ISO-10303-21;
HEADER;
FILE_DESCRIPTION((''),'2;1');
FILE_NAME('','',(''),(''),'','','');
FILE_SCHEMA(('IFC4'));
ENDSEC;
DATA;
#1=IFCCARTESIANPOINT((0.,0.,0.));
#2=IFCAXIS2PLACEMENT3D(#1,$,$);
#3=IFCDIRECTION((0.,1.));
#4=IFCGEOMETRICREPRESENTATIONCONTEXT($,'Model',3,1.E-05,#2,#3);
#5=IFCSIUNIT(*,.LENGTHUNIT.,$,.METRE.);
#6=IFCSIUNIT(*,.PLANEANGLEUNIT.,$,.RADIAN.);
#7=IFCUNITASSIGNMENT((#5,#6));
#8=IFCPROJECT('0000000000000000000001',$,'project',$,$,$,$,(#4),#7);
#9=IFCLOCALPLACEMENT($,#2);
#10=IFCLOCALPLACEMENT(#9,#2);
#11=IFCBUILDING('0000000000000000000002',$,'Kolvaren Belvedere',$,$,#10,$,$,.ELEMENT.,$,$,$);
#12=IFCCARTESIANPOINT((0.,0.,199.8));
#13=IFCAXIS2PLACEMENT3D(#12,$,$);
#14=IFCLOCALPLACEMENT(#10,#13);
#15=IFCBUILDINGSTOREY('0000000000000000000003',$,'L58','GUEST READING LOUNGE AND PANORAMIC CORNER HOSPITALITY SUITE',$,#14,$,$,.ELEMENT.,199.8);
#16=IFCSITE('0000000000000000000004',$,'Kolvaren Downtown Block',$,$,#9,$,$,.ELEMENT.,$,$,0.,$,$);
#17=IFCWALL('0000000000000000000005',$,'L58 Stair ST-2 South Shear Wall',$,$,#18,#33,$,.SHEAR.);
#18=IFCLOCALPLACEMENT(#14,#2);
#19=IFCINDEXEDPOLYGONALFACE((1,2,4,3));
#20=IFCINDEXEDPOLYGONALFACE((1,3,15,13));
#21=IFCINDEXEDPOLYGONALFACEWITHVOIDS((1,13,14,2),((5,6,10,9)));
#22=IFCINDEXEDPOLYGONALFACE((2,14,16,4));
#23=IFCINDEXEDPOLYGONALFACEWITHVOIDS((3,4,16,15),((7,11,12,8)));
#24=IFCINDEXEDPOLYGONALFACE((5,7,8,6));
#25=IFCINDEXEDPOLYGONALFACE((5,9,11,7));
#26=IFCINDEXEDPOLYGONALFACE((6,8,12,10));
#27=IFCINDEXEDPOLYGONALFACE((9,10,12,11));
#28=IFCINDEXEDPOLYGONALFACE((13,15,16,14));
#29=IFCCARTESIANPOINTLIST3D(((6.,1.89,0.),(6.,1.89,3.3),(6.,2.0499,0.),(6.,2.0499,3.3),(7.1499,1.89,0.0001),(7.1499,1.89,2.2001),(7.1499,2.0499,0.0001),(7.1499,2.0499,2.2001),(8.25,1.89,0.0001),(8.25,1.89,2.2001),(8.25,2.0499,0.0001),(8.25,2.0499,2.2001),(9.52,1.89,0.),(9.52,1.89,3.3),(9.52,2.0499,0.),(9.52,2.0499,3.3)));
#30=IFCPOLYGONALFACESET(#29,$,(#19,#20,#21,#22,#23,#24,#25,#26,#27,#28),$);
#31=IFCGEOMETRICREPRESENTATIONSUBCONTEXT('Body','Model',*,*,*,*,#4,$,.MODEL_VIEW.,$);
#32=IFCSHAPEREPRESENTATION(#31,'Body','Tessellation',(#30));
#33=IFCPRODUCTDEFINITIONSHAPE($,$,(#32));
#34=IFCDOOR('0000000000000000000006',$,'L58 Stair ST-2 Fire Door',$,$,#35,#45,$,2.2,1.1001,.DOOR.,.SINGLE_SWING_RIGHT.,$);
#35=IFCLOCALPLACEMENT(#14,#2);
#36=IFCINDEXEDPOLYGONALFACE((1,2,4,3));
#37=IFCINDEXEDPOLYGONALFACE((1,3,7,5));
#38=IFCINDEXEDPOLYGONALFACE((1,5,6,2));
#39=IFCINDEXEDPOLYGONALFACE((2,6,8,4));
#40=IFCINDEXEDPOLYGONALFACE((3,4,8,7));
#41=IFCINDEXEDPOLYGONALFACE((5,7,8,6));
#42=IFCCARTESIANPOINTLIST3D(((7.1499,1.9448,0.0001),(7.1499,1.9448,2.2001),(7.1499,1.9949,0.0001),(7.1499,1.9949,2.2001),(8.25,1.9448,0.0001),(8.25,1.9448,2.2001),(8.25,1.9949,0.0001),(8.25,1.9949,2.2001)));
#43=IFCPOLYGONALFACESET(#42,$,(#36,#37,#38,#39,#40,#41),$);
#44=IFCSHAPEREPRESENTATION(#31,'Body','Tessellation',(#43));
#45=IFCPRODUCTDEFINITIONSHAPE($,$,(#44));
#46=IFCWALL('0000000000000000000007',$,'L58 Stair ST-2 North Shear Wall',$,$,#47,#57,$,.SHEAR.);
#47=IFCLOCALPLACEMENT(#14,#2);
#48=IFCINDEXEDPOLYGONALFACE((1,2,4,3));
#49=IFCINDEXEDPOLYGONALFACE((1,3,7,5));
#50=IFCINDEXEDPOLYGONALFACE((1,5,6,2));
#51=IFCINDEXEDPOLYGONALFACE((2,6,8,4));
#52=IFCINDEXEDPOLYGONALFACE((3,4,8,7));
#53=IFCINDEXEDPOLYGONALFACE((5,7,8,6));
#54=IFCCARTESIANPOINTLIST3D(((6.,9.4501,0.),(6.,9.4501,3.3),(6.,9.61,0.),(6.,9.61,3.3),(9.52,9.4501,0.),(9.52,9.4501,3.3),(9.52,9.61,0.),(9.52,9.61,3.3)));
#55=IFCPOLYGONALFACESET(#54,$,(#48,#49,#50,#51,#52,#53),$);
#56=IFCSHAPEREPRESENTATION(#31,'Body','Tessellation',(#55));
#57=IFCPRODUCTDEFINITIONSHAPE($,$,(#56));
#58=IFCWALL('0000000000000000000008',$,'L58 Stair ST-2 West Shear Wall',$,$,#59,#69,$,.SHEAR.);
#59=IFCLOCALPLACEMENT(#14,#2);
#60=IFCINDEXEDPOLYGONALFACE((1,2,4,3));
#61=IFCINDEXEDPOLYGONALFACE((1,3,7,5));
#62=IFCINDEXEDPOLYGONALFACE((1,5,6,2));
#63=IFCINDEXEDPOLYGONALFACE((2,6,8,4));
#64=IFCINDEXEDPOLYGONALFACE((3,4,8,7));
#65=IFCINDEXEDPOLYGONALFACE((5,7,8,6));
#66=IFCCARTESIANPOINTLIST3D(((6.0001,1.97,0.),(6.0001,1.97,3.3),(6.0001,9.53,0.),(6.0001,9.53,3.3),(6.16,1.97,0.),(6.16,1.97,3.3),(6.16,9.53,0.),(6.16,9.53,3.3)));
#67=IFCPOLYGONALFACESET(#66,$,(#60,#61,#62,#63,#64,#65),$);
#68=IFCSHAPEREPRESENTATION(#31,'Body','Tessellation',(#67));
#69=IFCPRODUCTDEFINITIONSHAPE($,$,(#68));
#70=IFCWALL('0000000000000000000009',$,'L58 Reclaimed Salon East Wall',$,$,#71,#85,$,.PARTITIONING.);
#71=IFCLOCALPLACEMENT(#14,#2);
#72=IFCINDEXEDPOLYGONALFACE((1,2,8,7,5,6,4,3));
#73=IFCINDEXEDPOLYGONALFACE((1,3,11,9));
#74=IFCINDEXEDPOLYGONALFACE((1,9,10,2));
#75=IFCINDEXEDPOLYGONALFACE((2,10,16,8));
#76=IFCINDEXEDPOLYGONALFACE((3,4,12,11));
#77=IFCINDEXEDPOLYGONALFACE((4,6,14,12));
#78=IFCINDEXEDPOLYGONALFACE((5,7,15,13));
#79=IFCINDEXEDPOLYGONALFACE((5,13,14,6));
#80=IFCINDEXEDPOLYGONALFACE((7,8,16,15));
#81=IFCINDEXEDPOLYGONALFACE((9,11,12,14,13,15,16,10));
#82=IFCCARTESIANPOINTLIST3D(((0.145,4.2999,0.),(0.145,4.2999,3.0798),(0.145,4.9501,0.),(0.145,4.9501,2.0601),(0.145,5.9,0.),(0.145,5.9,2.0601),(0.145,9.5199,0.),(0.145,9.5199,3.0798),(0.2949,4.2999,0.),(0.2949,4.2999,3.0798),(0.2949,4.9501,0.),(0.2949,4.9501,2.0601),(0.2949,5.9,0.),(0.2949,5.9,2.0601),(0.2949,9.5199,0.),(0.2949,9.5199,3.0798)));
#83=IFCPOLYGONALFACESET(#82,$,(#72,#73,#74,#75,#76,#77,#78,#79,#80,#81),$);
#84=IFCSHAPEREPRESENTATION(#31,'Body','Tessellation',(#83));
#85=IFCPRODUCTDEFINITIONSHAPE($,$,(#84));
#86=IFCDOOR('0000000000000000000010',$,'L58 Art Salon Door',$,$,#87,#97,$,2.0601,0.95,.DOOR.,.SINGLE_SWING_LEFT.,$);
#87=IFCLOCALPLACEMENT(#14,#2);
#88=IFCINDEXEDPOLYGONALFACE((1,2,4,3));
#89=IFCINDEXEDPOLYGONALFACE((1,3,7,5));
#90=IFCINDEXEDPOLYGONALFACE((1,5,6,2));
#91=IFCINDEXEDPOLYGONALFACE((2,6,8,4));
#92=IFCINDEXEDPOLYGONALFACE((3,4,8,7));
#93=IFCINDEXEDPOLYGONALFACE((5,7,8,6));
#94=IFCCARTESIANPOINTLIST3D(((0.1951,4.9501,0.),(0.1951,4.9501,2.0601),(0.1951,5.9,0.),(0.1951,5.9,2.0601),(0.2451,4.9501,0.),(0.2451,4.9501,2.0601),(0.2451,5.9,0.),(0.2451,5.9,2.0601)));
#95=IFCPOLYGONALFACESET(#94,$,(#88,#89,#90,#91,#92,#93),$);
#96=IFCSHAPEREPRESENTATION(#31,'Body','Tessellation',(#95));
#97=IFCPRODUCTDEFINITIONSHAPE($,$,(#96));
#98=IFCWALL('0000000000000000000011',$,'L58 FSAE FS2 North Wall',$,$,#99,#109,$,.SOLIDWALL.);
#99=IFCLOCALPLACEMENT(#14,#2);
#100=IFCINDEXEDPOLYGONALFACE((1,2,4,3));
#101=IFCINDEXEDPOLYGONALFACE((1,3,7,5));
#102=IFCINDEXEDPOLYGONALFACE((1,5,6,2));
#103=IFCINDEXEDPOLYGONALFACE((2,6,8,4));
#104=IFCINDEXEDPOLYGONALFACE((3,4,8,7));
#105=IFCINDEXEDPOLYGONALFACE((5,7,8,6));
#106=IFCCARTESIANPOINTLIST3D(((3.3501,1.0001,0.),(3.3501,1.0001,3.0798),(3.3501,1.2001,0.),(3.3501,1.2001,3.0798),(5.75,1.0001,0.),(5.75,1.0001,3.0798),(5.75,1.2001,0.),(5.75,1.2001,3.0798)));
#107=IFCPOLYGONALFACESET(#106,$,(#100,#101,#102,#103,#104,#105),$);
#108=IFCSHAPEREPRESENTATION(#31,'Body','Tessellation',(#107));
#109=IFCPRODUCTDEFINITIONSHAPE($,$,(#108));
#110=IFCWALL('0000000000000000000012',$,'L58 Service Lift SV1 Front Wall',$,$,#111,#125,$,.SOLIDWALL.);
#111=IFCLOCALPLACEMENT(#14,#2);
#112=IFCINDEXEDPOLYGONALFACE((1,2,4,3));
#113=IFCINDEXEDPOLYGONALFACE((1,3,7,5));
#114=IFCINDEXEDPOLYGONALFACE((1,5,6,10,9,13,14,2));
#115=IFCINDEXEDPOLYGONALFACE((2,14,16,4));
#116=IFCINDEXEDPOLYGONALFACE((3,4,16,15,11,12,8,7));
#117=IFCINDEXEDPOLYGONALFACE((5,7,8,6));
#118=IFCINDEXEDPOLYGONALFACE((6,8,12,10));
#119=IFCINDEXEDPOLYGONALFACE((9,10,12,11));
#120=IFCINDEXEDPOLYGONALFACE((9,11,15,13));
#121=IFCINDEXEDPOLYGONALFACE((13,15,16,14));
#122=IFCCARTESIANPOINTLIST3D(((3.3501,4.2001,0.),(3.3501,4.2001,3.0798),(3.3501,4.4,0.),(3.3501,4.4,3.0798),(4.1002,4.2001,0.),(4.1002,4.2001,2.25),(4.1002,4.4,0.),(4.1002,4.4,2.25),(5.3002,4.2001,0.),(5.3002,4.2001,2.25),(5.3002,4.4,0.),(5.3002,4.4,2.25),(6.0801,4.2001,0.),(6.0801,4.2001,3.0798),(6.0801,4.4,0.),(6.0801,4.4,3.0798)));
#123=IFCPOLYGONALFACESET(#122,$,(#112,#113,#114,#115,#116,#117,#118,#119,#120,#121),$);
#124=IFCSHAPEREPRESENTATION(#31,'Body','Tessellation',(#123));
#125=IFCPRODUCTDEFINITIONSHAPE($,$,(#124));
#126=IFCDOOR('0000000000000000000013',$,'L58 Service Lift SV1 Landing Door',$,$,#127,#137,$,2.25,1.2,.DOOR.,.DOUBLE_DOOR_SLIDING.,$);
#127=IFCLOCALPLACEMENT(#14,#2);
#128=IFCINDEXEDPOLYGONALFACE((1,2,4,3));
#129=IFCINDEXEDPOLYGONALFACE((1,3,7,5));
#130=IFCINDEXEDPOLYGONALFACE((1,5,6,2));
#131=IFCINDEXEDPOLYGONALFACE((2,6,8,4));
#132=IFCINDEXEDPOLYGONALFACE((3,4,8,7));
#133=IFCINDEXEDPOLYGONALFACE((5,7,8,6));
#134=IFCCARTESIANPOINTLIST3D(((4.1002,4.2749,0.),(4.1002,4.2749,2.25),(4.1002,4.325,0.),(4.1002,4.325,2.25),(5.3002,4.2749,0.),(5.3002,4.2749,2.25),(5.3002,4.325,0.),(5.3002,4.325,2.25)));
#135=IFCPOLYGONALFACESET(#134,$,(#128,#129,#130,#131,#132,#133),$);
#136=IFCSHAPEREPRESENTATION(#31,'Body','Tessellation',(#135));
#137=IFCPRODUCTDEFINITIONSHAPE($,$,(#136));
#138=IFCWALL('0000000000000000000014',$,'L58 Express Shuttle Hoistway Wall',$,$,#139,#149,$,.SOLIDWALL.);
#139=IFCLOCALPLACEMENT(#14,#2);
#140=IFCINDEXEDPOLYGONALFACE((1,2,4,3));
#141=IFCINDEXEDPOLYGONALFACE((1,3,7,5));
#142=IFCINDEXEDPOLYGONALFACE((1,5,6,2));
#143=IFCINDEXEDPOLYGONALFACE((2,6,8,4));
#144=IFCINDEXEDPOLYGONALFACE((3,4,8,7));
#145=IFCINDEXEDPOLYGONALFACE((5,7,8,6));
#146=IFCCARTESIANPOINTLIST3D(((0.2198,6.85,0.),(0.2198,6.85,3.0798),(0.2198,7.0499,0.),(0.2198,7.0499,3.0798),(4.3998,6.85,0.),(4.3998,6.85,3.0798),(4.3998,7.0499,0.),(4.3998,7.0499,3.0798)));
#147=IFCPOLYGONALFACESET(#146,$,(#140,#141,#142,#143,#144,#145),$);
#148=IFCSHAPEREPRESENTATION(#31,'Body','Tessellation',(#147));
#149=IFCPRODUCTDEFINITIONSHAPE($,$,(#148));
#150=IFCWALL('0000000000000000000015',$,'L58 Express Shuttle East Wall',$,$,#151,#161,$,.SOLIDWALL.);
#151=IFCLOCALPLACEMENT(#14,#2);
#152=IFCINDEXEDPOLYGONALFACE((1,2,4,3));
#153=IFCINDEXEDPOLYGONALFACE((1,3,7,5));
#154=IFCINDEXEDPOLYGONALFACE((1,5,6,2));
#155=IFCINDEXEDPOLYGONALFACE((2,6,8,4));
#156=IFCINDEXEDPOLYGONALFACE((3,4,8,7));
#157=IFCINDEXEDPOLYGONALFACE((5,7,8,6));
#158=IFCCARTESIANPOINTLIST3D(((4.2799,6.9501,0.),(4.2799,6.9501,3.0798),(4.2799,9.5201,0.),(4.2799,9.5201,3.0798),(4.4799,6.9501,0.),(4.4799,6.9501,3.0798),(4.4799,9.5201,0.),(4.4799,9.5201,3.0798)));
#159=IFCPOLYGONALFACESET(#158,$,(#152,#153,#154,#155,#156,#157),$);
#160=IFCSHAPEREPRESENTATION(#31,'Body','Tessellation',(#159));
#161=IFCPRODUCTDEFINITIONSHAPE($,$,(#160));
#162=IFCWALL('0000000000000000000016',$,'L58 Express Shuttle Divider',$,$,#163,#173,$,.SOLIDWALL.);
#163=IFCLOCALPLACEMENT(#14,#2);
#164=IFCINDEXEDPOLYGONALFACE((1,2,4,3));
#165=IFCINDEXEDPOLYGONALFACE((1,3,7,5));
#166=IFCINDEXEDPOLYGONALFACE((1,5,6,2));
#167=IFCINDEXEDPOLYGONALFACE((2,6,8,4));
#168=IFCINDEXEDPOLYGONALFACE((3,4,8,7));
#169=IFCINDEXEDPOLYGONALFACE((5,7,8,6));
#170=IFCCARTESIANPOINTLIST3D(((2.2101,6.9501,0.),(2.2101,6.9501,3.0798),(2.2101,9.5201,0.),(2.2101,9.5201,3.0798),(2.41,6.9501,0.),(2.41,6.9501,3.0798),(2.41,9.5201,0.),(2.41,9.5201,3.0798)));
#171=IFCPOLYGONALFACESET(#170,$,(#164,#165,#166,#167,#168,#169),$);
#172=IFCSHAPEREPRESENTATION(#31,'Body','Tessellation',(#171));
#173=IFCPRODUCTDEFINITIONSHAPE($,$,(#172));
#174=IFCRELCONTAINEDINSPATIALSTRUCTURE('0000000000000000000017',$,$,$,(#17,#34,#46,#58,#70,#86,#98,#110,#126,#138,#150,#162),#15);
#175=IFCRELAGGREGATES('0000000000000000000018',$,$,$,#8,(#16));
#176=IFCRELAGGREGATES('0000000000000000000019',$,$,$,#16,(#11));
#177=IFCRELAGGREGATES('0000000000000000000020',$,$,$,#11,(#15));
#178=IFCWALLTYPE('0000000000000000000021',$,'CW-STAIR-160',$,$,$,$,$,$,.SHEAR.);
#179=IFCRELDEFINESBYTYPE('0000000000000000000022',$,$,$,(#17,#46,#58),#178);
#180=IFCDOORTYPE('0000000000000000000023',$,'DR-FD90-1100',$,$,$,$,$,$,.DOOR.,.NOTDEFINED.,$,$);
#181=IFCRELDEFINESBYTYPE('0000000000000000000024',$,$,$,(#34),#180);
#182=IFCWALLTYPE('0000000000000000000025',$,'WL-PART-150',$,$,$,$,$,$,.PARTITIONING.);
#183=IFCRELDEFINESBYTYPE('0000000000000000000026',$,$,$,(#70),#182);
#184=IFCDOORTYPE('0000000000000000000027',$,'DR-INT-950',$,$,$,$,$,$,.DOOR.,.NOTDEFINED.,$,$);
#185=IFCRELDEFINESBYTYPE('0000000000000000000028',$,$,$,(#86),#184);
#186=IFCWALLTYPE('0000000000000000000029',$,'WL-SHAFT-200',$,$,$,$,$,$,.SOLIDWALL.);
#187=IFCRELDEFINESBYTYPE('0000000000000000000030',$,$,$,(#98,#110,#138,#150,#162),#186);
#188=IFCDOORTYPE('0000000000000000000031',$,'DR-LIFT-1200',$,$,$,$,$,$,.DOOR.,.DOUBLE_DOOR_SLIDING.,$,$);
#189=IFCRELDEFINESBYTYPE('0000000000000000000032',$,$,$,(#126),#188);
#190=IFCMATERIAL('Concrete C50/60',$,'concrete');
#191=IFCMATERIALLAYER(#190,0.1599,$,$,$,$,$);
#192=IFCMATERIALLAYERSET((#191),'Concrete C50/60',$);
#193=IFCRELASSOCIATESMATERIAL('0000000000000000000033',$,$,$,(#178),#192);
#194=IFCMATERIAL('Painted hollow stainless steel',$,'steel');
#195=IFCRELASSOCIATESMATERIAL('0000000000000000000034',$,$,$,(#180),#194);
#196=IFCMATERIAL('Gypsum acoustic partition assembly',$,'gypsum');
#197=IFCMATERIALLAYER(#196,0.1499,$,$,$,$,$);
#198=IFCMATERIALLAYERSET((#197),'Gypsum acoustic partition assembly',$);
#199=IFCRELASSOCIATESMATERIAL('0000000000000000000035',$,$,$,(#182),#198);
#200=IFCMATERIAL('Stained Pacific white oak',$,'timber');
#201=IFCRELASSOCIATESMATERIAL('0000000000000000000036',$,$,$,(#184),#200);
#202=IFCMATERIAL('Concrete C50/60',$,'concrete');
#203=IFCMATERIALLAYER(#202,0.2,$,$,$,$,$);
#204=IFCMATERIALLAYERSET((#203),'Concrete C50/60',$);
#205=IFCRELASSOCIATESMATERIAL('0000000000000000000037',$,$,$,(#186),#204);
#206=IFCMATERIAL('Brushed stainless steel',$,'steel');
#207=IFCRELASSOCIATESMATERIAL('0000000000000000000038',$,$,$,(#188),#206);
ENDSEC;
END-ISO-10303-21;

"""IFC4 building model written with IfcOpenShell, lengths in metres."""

from ifc_helpers import new_model, si_unit, direction, frame, frame_2d, origin, place, context, subcontext, project, spatial, rectangle, extrude, material, layer, layer_set, type_object, element, fill, save


model = new_model("IFC4")

# Units and contexts
model_context = context("Model", 3, precision=1e-05, world=origin(), true_north=direction((0.0, 1.0)))
body_context = subcontext(model_context, "Body", "Model", "MODEL_VIEW")
ifc_project = project(units=[si_unit("LENGTHUNIT", "METRE"), si_unit("PLANEANGLEUNIT", "RADIAN")], contexts=[model_context])

# Site, building, storey
site_placement = place(None, origin())
site = spatial("IfcSite", under=ifc_project, at=site_placement, Name="Kolvaren Downtown Block", CompositionType="ELEMENT", RefElevation=0.0)
building_placement = place(site_placement, origin())
building = spatial("IfcBuilding", under=site, at=building_placement, Name="Kolvaren Belvedere", CompositionType="ELEMENT")
storey_placement = place(building_placement, frame((0.0, 0.0, 199.8)))
storey = spatial("IfcBuildingStorey", under=building, at=storey_placement, Name="L58", Description="GUEST READING LOUNGE AND PANORAMIC CORNER HOSPITALITY SUITE", CompositionType="ELEMENT", Elevation=199.8)

# Wall, opening, door
ifc_material_1 = material(Name="Concrete C50/60", Category="concrete")
ifc_layer_1 = layer(ifc_material_1, 0.1599)
ifc_layer_set_1 = layer_set([ifc_layer_1], Name="Concrete C50/60")
wall_type_1 = type_object("IfcWallType", Name="CW-STAIR-160", PredefinedType="SHEAR", material=ifc_layer_set_1)
wall_1_placement = place(storey_placement, frame((6.0, 1.97, 0.0), z_axis=(0.0, 0.0, 1.0), x_axis=(1.0, 0.0, 0.0)))
wall_1 = element("IfcWall", 1, at=wall_1_placement, inside=storey, type_object=wall_type_1, Name="L58 Stair ST-2 South Shear Wall", PredefinedType="SHEAR", context=body_context, shape_type="SweptSolid", body=[
    extrude(rectangle(XDim=3.52, YDim=0.1599, at=frame_2d((1.76, 0.0))), origin(), (0.0, 0.0, 1.0), 3.3),
])
opening_1_placement = place(wall_1_placement, frame((1.1499, 0.0, 0.0)))
opening_1 = element("IfcOpeningElement", 2, at=opening_1_placement, cuts=wall_1, PredefinedType="OPENING", context=body_context, shape_type="SweptSolid", body=[
    extrude(rectangle(XDim=1.1001, YDim=2.2, at=frame_2d((0.55, 1.1001))), frame((0.0, 0.0898, 0.0), z_axis=(0.0, -1.0, 0.0), x_axis=(1.0, 0.0, 0.0)), (0.0, 0.0, 1.0), 0.1799),
])
ifc_material_2 = material(Name="Painted hollow stainless steel", Category="steel")
door_type_1 = type_object("IfcDoorType", Name="DR-FD90-1100", OperationType="NOTDEFINED", PredefinedType="DOOR", material=ifc_material_2)
door_1_placement = place(opening_1_placement, origin())
door_1 = element("IfcDoor", 3, at=door_1_placement, inside=storey, type_object=door_type_1, Name="L58 Stair ST-2 Fire Door", OperationType="SINGLE_SWING_RIGHT", OverallHeight=2.2, OverallWidth=1.1001, PredefinedType="DOOR", context=body_context, shape_type="SweptSolid", body=[
    extrude(rectangle(XDim=1.1001, YDim=2.2, at=frame_2d((0.55, 1.1001))), frame((0.0, 0.0249, 0.0), z_axis=(0.0, -1.0, 0.0), x_axis=(1.0, 0.0, 0.0)), (0.0, 0.0, 1.0), 0.05),
])
fill(opening_1, door_1)

# Walls
wall_2_placement = place(storey_placement, frame((6.0, 9.53, 0.0), z_axis=(0.0, 0.0, 1.0), x_axis=(1.0, 0.0, 0.0)))
element("IfcWall", 4, at=wall_2_placement, inside=storey, type_object=wall_type_1, Name="L58 Stair ST-2 North Shear Wall", PredefinedType="SHEAR", context=body_context, shape_type="SweptSolid", body=[
    extrude(rectangle(XDim=3.52, YDim=0.1599, at=frame_2d((1.76, 0.0))), origin(), (0.0, 0.0, 1.0), 3.3),
])
wall_3_placement = place(storey_placement, frame((6.0801, 1.97, 0.0), z_axis=(0.0, 0.0, 1.0), x_axis=(0.0, 1.0, 0.0)))
element("IfcWall", 5, at=wall_3_placement, inside=storey, type_object=wall_type_1, Name="L58 Stair ST-2 West Shear Wall", PredefinedType="SHEAR", context=body_context, shape_type="SweptSolid", body=[
    extrude(rectangle(XDim=7.5601, YDim=0.1599, at=frame_2d((3.78, 0.0))), origin(), (0.0, 0.0, 1.0), 3.3),
])

# Wall, opening, door
ifc_material_3 = material(Name="Gypsum acoustic partition assembly", Category="gypsum")
ifc_layer_2 = layer(ifc_material_3, 0.1499)
ifc_layer_set_2 = layer_set([ifc_layer_2], Name="Gypsum acoustic partition assembly")
wall_type_2 = type_object("IfcWallType", Name="WL-PART-150", PredefinedType="PARTITIONING", material=ifc_layer_set_2)
wall_4_placement = place(storey_placement, frame((0.22, 4.3, 0.0), z_axis=(0.0, 0.0, 1.0), x_axis=(0.0, 1.0, 0.0)))
wall_4 = element("IfcWall", 6, at=wall_4_placement, inside=storey, type_object=wall_type_2, Name="L58 Reclaimed Salon East Wall", PredefinedType="PARTITIONING", context=body_context, shape_type="SweptSolid", body=[
    extrude(rectangle(XDim=5.22, YDim=0.1499, at=frame_2d((2.6099, 0.0))), origin(), (0.0, 0.0, 1.0), 3.0798),
])
opening_2_placement = place(wall_4_placement, frame((0.6499, 0.0, 0.0)))
opening_2 = element("IfcOpeningElement", 7, at=opening_2_placement, cuts=wall_4, PredefinedType="OPENING", context=body_context, shape_type="SweptSolid", body=[
    extrude(rectangle(XDim=0.95, YDim=2.0601, at=frame_2d((0.4751, 1.03))), frame((0.0, 0.085, 0.0), z_axis=(0.0, -1.0, 0.0), x_axis=(1.0, 0.0, 0.0)), (0.0, 0.0, 1.0), 0.1699),
])
ifc_material_4 = material(Name="Stained Pacific white oak", Category="timber")
door_type_2 = type_object("IfcDoorType", Name="DR-INT-950", OperationType="NOTDEFINED", PredefinedType="DOOR", material=ifc_material_4)
door_2_placement = place(opening_2_placement, origin())
door_2 = element("IfcDoor", 8, at=door_2_placement, inside=storey, type_object=door_type_2, Name="L58 Art Salon Door", OperationType="SINGLE_SWING_LEFT", OverallHeight=2.0601, OverallWidth=0.95, PredefinedType="DOOR", context=body_context, shape_type="SweptSolid", body=[
    extrude(rectangle(XDim=0.95, YDim=2.0601, at=frame_2d((0.4751, 1.03))), frame((0.0, 0.0249, 0.0), z_axis=(0.0, -1.0, 0.0), x_axis=(1.0, 0.0, 0.0)), (0.0, 0.0, 1.0), 0.05),
])
fill(opening_2, door_2)

# Wall
ifc_material_5 = material(Name="Concrete C50/60", Category="concrete")
ifc_layer_3 = layer(ifc_material_5, 0.2)
ifc_layer_set_3 = layer_set([ifc_layer_3], Name="Concrete C50/60")
wall_type_3 = type_object("IfcWallType", Name="WL-SHAFT-200", PredefinedType="SOLIDWALL", material=ifc_layer_set_3)
wall_5_placement = place(storey_placement, frame((3.3501, 1.1001, 0.0), z_axis=(0.0, 0.0, 1.0), x_axis=(1.0, 0.0, 0.0)))
element("IfcWall", 9, at=wall_5_placement, inside=storey, type_object=wall_type_3, Name="L58 FSAE FS2 North Wall", PredefinedType="SOLIDWALL", context=body_context, shape_type="SweptSolid", body=[
    extrude(rectangle(XDim=2.3999, YDim=0.2, at=frame_2d((1.2, 0.0))), origin(), (0.0, 0.0, 1.0), 3.0798),
])

# Wall, opening, door
wall_6_placement = place(storey_placement, frame((3.3501, 4.3, 0.0), z_axis=(0.0, 0.0, 1.0), x_axis=(1.0, 0.0, 0.0)))
wall_6 = element("IfcWall", 10, at=wall_6_placement, inside=storey, type_object=wall_type_3, Name="L58 Service Lift SV1 Front Wall", PredefinedType="SOLIDWALL", context=body_context, shape_type="SweptSolid", body=[
    extrude(rectangle(XDim=2.73, YDim=0.2, at=frame_2d((1.365, 0.0))), origin(), (0.0, 0.0, 1.0), 3.0798),
])
opening_3_placement = place(wall_6_placement, frame((0.75, 0.0, 0.0)))
opening_3 = element("IfcOpeningElement", 11, at=opening_3_placement, cuts=wall_6, PredefinedType="OPENING", context=body_context, shape_type="SweptSolid", body=[
    extrude(rectangle(XDim=1.2, YDim=2.25, at=frame_2d((0.6001, 1.125))), frame((0.0, 0.1099, 0.0), z_axis=(0.0, -1.0, 0.0), x_axis=(1.0, 0.0, 0.0)), (0.0, 0.0, 1.0), 0.22),
])
ifc_material_6 = material(Name="Brushed stainless steel", Category="steel")
door_type_3 = type_object("IfcDoorType", Name="DR-LIFT-1200", OperationType="DOUBLE_DOOR_SLIDING", PredefinedType="DOOR", material=ifc_material_6)
door_3_placement = place(opening_3_placement, origin())
door_3 = element("IfcDoor", 12, at=door_3_placement, inside=storey, type_object=door_type_3, Name="L58 Service Lift SV1 Landing Door", OperationType="DOUBLE_DOOR_SLIDING", OverallHeight=2.25, OverallWidth=1.2, PredefinedType="DOOR", context=body_context, shape_type="SweptSolid", body=[
    extrude(rectangle(XDim=1.2, YDim=2.25, at=frame_2d((0.6001, 1.125))), frame((0.0, 0.0249, 0.0), z_axis=(0.0, -1.0, 0.0), x_axis=(1.0, 0.0, 0.0)), (0.0, 0.0, 1.0), 0.05),
])
fill(opening_3, door_3)

# Walls
wall_7_placement = place(storey_placement, frame((0.22, 6.95, 0.0), z_axis=(0.0, 0.0, 1.0), x_axis=(1.0, 0.0, 0.0)))
element("IfcWall", 13, at=wall_7_placement, inside=storey, type_object=wall_type_3, Name="L58 Express Shuttle Hoistway Wall", PredefinedType="SOLIDWALL", context=body_context, shape_type="SweptSolid", body=[
    extrude(rectangle(XDim=4.1799, YDim=0.2, at=frame_2d((2.0898, 0.0))), origin(), (0.0, 0.0, 1.0), 3.0798),
])
for number, where, z_axis, x_axis, name in (
    (14, (4.3799, 6.95, 0.0), (0.0, 0.0, 1.0), (0.0, 1.0, 0.0), "L58 Express Shuttle East Wall"),
    (15, (2.3101, 6.95, 0.0), (0.0, 0.0, 1.0), (0.0, 1.0, 0.0), "L58 Express Shuttle Divider"),
):
    element("IfcWall", number, at=place(storey_placement, frame(where, z_axis=z_axis, x_axis=x_axis)), inside=storey, type_object=wall_type_3, Name=name, PredefinedType="SOLIDWALL", context=body_context, shape_type="SweptSolid", body=[
        extrude(rectangle(XDim=2.5701, YDim=0.2, at=frame_2d((1.2852, 0.0))), origin(), (0.0, 0.0, 1.0), 3.0798),
    ])

save(model, "model.ifc")
